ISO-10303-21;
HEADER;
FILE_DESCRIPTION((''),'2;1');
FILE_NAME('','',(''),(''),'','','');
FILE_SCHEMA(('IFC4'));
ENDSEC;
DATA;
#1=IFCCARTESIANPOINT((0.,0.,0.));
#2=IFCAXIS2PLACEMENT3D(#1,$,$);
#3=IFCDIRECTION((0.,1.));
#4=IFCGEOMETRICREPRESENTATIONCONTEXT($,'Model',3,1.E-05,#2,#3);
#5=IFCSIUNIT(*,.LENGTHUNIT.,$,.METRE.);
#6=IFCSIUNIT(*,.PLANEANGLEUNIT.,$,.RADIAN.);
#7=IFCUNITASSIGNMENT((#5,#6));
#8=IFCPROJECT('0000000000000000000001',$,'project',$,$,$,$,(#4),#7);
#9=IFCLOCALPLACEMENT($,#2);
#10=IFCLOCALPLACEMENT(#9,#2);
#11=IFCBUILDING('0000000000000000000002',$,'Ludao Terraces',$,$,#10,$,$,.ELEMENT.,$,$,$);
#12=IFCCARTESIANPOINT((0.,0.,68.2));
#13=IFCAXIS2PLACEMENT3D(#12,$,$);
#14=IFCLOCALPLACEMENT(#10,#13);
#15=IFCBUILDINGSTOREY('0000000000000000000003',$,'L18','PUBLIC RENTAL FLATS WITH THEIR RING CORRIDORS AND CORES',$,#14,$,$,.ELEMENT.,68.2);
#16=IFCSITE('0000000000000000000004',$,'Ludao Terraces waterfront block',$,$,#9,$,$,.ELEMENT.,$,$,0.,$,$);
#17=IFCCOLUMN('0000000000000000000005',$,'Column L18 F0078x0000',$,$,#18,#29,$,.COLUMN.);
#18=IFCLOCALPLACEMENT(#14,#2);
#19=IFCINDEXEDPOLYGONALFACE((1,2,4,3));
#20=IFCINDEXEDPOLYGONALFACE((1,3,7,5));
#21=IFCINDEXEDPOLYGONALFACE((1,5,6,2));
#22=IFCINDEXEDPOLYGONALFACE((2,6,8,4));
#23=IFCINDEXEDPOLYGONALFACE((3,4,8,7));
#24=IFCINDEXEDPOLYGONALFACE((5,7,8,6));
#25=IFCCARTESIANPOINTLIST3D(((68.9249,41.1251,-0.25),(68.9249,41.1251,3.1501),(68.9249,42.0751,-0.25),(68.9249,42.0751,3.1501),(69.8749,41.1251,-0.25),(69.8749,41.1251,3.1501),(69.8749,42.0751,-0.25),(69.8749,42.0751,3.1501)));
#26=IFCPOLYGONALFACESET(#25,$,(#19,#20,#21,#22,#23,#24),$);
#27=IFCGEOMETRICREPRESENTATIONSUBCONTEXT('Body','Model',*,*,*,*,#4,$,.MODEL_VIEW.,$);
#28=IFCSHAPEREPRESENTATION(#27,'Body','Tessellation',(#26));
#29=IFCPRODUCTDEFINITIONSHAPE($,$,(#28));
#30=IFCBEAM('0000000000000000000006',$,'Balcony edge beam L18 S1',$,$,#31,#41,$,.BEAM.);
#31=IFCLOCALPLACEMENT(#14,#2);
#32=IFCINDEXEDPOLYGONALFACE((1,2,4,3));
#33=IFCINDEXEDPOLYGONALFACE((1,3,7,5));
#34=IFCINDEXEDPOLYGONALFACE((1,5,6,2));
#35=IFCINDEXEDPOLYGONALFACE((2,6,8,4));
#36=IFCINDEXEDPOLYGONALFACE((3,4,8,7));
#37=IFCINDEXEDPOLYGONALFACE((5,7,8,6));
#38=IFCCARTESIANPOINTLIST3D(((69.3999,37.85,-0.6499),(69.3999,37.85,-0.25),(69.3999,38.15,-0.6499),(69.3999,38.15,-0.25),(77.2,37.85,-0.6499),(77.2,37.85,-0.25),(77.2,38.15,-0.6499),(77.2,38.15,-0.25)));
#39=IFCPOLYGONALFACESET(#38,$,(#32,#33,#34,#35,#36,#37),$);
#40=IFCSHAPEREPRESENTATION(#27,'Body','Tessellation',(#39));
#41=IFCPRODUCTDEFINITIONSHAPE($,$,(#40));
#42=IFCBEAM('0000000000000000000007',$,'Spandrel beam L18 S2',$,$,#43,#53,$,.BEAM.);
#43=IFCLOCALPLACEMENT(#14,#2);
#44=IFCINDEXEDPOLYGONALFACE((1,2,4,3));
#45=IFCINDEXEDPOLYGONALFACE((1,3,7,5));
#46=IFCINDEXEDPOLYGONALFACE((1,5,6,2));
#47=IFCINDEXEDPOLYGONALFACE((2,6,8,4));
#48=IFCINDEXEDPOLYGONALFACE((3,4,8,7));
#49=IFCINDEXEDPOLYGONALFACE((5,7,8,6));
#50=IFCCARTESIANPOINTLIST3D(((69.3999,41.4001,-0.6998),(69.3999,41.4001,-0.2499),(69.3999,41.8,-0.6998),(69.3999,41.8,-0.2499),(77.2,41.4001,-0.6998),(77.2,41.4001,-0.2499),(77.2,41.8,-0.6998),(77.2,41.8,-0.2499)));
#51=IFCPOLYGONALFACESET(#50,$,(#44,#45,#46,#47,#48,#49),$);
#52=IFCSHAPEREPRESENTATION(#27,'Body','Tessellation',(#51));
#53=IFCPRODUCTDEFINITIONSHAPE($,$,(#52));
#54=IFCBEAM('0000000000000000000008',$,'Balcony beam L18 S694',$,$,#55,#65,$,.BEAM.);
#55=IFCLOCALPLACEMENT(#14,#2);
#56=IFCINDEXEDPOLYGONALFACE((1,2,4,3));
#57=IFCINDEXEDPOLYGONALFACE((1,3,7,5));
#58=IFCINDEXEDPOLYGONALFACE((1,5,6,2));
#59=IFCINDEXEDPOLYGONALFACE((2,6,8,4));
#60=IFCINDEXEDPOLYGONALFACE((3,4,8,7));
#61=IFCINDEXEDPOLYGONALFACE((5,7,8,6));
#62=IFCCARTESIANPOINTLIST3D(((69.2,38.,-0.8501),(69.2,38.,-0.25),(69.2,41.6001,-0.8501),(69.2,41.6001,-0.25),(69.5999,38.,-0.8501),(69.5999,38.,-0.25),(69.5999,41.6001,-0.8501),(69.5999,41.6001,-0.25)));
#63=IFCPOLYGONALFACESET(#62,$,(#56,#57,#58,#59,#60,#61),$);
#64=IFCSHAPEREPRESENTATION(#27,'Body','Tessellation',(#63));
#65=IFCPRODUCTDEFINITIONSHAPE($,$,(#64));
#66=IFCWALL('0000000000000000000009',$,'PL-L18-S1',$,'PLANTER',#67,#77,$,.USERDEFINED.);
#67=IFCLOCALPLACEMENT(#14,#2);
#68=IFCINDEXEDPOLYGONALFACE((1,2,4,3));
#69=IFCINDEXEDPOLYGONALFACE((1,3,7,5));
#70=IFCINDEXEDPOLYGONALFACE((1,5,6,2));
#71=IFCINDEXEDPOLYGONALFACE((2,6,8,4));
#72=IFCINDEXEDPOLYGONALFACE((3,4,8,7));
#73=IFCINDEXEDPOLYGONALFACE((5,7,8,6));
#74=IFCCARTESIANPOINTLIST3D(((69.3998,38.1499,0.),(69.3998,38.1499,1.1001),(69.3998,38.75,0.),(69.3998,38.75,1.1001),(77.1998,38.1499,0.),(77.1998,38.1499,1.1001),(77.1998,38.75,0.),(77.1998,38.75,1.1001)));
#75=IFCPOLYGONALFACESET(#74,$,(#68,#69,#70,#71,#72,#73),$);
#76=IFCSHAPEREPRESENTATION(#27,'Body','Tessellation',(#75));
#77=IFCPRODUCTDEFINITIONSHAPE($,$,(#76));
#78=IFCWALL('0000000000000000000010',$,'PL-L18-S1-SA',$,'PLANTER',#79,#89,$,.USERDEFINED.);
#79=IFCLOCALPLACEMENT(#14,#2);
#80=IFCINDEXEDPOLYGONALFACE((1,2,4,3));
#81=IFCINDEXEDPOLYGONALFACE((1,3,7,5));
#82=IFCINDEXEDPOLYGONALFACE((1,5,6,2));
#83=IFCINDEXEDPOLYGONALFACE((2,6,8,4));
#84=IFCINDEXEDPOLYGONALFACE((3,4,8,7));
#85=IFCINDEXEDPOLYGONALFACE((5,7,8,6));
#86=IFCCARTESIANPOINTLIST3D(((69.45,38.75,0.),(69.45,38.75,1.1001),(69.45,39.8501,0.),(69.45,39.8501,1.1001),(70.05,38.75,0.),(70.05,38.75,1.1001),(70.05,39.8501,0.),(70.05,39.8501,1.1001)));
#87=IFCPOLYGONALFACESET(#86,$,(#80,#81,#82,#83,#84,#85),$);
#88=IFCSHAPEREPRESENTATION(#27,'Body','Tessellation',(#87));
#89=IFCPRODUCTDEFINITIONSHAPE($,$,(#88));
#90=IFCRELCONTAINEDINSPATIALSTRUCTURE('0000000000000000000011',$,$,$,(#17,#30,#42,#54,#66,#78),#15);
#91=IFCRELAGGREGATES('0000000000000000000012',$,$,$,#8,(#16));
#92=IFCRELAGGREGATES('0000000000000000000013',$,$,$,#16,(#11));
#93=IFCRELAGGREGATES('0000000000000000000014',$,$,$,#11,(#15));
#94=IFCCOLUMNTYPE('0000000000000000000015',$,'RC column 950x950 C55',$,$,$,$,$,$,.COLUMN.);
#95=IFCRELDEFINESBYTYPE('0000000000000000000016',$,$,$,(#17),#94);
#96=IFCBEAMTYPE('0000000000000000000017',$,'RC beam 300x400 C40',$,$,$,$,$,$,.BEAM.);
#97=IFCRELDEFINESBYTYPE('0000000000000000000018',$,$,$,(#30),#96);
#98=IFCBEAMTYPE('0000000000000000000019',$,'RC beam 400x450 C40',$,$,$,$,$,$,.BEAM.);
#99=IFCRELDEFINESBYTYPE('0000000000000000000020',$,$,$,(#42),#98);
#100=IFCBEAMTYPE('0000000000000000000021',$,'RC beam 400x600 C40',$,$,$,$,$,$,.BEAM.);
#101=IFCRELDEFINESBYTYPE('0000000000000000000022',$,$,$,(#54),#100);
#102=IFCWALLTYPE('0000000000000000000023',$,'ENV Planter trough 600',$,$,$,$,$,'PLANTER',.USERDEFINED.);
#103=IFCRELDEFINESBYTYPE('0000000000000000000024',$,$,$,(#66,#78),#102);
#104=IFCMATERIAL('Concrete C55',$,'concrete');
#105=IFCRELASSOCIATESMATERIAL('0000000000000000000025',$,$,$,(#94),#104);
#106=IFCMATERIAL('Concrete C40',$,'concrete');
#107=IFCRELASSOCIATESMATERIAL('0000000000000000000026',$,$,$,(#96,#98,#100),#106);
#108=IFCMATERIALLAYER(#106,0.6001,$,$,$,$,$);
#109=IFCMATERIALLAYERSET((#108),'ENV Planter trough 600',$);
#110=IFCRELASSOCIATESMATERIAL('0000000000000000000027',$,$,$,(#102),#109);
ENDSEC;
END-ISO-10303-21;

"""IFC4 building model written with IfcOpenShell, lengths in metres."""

from ifc_helpers import new_model, si_unit, direction, frame, frame_2d, origin, origin_2d, place, context, subcontext, project, spatial, rectangle, extrude, material, layer, layer_set, material_profile, profile_set, type_object, element, save


model = new_model("IFC4")

# Units and contexts
model_context = context("Model", 3, precision=1e-05, world=origin(), true_north=direction((0.0, 1.0)))
body_context = subcontext(model_context, "Body", "Model", "MODEL_VIEW")
ifc_project = project(units=[si_unit("LENGTHUNIT", "METRE"), si_unit("PLANEANGLEUNIT", "RADIAN")], contexts=[model_context])

# Site, building, storey
site_placement = place(None, origin())
site = spatial("IfcSite", under=ifc_project, at=site_placement, Name="Ludao Terraces waterfront block", CompositionType="ELEMENT", RefElevation=0.0)
building_placement = place(site_placement, origin())
building = spatial("IfcBuilding", under=site, at=building_placement, Name="Ludao Terraces", CompositionType="ELEMENT")
storey_placement = place(building_placement, frame((0.0, 0.0, 68.2)))
storey = spatial("IfcBuildingStorey", under=building, at=storey_placement, Name="L18", Description="PUBLIC RENTAL FLATS WITH THEIR RING CORRIDORS AND CORES", CompositionType="ELEMENT", Elevation=68.2)

# Column
ifc_material_1 = material(Name="Concrete C55", Category="concrete")
ifc_material_profile_1 = material_profile(ifc_material_1, rectangle(XDim=0.95, YDim=0.95, at=origin_2d()), Name="950 X 950")
ifc_profile_set_1 = profile_set([ifc_material_profile_1], Name="Concrete C55")
column_type = type_object("IfcColumnType", Name="RC column 950x950 C55", PredefinedType="COLUMN", material=ifc_profile_set_1)
column_placement = place(storey_placement, frame((69.3999, 41.6001, -0.25), z_axis=(0.0, 0.0, 1.0), x_axis=(1.0, 0.0, 0.0)))
element("IfcColumn", 1, at=column_placement, inside=storey, type_object=column_type, Name="Column L18 F0078x0000", PredefinedType="COLUMN", context=body_context, shape_type="SweptSolid", body=[
    extrude(rectangle(XDim=0.95, YDim=0.95, at=origin_2d()), origin(), (0.0, 0.0, 1.0), 3.4001),
])

# Beams
ifc_material_2 = material(Name="Concrete C40", Category="concrete")
ifc_material_profile_2 = material_profile(ifc_material_2, rectangle(XDim=0.3, YDim=0.3999, at=origin_2d()), Name="300 X 400")
ifc_profile_set_2 = profile_set([ifc_material_profile_2], Name="Concrete C40")
beam_type_1 = type_object("IfcBeamType", Name="RC beam 300x400 C40", PredefinedType="BEAM", material=ifc_profile_set_2)
beam_1_placement = place(storey_placement, frame((69.3999, 38.0, -0.45), z_axis=(1.0, 0.0, 0.0), x_axis=(0.0, 1.0, 0.0)))
element("IfcBeam", 2, at=beam_1_placement, inside=storey, type_object=beam_type_1, Name="Balcony edge beam L18 S1", PredefinedType="BEAM", context=body_context, shape_type="SweptSolid", body=[
    extrude(rectangle(XDim=0.3, YDim=0.3999, at=origin_2d()), origin(), (0.0, 0.0, 1.0), 7.8),
])
ifc_material_profile_3 = material_profile(ifc_material_2, rectangle(XDim=0.3999, YDim=0.45, at=origin_2d()), Name="400 X 450")
ifc_profile_set_3 = profile_set([ifc_material_profile_3], Name="Concrete C40")
beam_type_2 = type_object("IfcBeamType", Name="RC beam 400x450 C40", PredefinedType="BEAM", material=ifc_profile_set_3)
beam_2_placement = place(storey_placement, frame((69.3999, 41.6001, -0.4749), z_axis=(1.0, 0.0, 0.0), x_axis=(0.0, 1.0, 0.0)))
element("IfcBeam", 3, at=beam_2_placement, inside=storey, type_object=beam_type_2, Name="Spandrel beam L18 S2", PredefinedType="BEAM", context=body_context, shape_type="SweptSolid", body=[
    extrude(rectangle(XDim=0.3999, YDim=0.45, at=origin_2d()), origin(), (0.0, 0.0, 1.0), 7.8),
])
ifc_material_profile_4 = material_profile(ifc_material_2, rectangle(XDim=0.3999, YDim=0.6001, at=origin_2d()), Name="400 X 600")
ifc_profile_set_4 = profile_set([ifc_material_profile_4], Name="Concrete C40")
beam_type_3 = type_object("IfcBeamType", Name="RC beam 400x600 C40", PredefinedType="BEAM", material=ifc_profile_set_4)
beam_3_placement = place(storey_placement, frame((69.3999, 41.6001, -0.55), z_axis=(0.0, -1.0, 0.0), x_axis=(1.0, 0.0, 0.0)))
element("IfcBeam", 4, at=beam_3_placement, inside=storey, type_object=beam_type_3, Name="Balcony beam L18 S694", PredefinedType="BEAM", context=body_context, shape_type="SweptSolid", body=[
    extrude(rectangle(XDim=0.3999, YDim=0.6001, at=origin_2d()), origin(), (0.0, 0.0, 1.0), 3.6001),
])

# Walls
ifc_layer = layer(ifc_material_2, 0.6001)
ifc_layer_set = layer_set([ifc_layer], Name="ENV Planter trough 600")
wall_type = type_object("IfcWallType", Name="ENV Planter trough 600", ElementType="PLANTER", PredefinedType="USERDEFINED", material=ifc_layer_set)
wall_1_placement = place(storey_placement, frame((69.3999, 38.45, 0.0), z_axis=(0.0, 0.0, 1.0), x_axis=(1.0, 0.0, 0.0)))
element("IfcWall", 5, at=wall_1_placement, inside=storey, type_object=wall_type, Name="PL-L18-S1", ObjectType="PLANTER", PredefinedType="USERDEFINED", context=body_context, shape_type="SweptSolid", body=[
    extrude(rectangle(XDim=7.8, YDim=0.6001, at=frame_2d((3.8999, 0.0))), origin(), (0.0, 0.0, 1.0), 1.1001),
])
wall_2_placement = place(storey_placement, frame((69.75, 38.75, 0.0), z_axis=(0.0, 0.0, 1.0), x_axis=(0.0, 1.0, 0.0)))
element("IfcWall", 6, at=wall_2_placement, inside=storey, type_object=wall_type, Name="PL-L18-S1-SA", ObjectType="PLANTER", PredefinedType="USERDEFINED", context=body_context, shape_type="SweptSolid", body=[
    extrude(rectangle(XDim=1.1001, YDim=0.6001, at=frame_2d((0.55, 0.0))), origin(), (0.0, 0.0, 1.0), 1.1001),
])

save(model, "model.ifc")
